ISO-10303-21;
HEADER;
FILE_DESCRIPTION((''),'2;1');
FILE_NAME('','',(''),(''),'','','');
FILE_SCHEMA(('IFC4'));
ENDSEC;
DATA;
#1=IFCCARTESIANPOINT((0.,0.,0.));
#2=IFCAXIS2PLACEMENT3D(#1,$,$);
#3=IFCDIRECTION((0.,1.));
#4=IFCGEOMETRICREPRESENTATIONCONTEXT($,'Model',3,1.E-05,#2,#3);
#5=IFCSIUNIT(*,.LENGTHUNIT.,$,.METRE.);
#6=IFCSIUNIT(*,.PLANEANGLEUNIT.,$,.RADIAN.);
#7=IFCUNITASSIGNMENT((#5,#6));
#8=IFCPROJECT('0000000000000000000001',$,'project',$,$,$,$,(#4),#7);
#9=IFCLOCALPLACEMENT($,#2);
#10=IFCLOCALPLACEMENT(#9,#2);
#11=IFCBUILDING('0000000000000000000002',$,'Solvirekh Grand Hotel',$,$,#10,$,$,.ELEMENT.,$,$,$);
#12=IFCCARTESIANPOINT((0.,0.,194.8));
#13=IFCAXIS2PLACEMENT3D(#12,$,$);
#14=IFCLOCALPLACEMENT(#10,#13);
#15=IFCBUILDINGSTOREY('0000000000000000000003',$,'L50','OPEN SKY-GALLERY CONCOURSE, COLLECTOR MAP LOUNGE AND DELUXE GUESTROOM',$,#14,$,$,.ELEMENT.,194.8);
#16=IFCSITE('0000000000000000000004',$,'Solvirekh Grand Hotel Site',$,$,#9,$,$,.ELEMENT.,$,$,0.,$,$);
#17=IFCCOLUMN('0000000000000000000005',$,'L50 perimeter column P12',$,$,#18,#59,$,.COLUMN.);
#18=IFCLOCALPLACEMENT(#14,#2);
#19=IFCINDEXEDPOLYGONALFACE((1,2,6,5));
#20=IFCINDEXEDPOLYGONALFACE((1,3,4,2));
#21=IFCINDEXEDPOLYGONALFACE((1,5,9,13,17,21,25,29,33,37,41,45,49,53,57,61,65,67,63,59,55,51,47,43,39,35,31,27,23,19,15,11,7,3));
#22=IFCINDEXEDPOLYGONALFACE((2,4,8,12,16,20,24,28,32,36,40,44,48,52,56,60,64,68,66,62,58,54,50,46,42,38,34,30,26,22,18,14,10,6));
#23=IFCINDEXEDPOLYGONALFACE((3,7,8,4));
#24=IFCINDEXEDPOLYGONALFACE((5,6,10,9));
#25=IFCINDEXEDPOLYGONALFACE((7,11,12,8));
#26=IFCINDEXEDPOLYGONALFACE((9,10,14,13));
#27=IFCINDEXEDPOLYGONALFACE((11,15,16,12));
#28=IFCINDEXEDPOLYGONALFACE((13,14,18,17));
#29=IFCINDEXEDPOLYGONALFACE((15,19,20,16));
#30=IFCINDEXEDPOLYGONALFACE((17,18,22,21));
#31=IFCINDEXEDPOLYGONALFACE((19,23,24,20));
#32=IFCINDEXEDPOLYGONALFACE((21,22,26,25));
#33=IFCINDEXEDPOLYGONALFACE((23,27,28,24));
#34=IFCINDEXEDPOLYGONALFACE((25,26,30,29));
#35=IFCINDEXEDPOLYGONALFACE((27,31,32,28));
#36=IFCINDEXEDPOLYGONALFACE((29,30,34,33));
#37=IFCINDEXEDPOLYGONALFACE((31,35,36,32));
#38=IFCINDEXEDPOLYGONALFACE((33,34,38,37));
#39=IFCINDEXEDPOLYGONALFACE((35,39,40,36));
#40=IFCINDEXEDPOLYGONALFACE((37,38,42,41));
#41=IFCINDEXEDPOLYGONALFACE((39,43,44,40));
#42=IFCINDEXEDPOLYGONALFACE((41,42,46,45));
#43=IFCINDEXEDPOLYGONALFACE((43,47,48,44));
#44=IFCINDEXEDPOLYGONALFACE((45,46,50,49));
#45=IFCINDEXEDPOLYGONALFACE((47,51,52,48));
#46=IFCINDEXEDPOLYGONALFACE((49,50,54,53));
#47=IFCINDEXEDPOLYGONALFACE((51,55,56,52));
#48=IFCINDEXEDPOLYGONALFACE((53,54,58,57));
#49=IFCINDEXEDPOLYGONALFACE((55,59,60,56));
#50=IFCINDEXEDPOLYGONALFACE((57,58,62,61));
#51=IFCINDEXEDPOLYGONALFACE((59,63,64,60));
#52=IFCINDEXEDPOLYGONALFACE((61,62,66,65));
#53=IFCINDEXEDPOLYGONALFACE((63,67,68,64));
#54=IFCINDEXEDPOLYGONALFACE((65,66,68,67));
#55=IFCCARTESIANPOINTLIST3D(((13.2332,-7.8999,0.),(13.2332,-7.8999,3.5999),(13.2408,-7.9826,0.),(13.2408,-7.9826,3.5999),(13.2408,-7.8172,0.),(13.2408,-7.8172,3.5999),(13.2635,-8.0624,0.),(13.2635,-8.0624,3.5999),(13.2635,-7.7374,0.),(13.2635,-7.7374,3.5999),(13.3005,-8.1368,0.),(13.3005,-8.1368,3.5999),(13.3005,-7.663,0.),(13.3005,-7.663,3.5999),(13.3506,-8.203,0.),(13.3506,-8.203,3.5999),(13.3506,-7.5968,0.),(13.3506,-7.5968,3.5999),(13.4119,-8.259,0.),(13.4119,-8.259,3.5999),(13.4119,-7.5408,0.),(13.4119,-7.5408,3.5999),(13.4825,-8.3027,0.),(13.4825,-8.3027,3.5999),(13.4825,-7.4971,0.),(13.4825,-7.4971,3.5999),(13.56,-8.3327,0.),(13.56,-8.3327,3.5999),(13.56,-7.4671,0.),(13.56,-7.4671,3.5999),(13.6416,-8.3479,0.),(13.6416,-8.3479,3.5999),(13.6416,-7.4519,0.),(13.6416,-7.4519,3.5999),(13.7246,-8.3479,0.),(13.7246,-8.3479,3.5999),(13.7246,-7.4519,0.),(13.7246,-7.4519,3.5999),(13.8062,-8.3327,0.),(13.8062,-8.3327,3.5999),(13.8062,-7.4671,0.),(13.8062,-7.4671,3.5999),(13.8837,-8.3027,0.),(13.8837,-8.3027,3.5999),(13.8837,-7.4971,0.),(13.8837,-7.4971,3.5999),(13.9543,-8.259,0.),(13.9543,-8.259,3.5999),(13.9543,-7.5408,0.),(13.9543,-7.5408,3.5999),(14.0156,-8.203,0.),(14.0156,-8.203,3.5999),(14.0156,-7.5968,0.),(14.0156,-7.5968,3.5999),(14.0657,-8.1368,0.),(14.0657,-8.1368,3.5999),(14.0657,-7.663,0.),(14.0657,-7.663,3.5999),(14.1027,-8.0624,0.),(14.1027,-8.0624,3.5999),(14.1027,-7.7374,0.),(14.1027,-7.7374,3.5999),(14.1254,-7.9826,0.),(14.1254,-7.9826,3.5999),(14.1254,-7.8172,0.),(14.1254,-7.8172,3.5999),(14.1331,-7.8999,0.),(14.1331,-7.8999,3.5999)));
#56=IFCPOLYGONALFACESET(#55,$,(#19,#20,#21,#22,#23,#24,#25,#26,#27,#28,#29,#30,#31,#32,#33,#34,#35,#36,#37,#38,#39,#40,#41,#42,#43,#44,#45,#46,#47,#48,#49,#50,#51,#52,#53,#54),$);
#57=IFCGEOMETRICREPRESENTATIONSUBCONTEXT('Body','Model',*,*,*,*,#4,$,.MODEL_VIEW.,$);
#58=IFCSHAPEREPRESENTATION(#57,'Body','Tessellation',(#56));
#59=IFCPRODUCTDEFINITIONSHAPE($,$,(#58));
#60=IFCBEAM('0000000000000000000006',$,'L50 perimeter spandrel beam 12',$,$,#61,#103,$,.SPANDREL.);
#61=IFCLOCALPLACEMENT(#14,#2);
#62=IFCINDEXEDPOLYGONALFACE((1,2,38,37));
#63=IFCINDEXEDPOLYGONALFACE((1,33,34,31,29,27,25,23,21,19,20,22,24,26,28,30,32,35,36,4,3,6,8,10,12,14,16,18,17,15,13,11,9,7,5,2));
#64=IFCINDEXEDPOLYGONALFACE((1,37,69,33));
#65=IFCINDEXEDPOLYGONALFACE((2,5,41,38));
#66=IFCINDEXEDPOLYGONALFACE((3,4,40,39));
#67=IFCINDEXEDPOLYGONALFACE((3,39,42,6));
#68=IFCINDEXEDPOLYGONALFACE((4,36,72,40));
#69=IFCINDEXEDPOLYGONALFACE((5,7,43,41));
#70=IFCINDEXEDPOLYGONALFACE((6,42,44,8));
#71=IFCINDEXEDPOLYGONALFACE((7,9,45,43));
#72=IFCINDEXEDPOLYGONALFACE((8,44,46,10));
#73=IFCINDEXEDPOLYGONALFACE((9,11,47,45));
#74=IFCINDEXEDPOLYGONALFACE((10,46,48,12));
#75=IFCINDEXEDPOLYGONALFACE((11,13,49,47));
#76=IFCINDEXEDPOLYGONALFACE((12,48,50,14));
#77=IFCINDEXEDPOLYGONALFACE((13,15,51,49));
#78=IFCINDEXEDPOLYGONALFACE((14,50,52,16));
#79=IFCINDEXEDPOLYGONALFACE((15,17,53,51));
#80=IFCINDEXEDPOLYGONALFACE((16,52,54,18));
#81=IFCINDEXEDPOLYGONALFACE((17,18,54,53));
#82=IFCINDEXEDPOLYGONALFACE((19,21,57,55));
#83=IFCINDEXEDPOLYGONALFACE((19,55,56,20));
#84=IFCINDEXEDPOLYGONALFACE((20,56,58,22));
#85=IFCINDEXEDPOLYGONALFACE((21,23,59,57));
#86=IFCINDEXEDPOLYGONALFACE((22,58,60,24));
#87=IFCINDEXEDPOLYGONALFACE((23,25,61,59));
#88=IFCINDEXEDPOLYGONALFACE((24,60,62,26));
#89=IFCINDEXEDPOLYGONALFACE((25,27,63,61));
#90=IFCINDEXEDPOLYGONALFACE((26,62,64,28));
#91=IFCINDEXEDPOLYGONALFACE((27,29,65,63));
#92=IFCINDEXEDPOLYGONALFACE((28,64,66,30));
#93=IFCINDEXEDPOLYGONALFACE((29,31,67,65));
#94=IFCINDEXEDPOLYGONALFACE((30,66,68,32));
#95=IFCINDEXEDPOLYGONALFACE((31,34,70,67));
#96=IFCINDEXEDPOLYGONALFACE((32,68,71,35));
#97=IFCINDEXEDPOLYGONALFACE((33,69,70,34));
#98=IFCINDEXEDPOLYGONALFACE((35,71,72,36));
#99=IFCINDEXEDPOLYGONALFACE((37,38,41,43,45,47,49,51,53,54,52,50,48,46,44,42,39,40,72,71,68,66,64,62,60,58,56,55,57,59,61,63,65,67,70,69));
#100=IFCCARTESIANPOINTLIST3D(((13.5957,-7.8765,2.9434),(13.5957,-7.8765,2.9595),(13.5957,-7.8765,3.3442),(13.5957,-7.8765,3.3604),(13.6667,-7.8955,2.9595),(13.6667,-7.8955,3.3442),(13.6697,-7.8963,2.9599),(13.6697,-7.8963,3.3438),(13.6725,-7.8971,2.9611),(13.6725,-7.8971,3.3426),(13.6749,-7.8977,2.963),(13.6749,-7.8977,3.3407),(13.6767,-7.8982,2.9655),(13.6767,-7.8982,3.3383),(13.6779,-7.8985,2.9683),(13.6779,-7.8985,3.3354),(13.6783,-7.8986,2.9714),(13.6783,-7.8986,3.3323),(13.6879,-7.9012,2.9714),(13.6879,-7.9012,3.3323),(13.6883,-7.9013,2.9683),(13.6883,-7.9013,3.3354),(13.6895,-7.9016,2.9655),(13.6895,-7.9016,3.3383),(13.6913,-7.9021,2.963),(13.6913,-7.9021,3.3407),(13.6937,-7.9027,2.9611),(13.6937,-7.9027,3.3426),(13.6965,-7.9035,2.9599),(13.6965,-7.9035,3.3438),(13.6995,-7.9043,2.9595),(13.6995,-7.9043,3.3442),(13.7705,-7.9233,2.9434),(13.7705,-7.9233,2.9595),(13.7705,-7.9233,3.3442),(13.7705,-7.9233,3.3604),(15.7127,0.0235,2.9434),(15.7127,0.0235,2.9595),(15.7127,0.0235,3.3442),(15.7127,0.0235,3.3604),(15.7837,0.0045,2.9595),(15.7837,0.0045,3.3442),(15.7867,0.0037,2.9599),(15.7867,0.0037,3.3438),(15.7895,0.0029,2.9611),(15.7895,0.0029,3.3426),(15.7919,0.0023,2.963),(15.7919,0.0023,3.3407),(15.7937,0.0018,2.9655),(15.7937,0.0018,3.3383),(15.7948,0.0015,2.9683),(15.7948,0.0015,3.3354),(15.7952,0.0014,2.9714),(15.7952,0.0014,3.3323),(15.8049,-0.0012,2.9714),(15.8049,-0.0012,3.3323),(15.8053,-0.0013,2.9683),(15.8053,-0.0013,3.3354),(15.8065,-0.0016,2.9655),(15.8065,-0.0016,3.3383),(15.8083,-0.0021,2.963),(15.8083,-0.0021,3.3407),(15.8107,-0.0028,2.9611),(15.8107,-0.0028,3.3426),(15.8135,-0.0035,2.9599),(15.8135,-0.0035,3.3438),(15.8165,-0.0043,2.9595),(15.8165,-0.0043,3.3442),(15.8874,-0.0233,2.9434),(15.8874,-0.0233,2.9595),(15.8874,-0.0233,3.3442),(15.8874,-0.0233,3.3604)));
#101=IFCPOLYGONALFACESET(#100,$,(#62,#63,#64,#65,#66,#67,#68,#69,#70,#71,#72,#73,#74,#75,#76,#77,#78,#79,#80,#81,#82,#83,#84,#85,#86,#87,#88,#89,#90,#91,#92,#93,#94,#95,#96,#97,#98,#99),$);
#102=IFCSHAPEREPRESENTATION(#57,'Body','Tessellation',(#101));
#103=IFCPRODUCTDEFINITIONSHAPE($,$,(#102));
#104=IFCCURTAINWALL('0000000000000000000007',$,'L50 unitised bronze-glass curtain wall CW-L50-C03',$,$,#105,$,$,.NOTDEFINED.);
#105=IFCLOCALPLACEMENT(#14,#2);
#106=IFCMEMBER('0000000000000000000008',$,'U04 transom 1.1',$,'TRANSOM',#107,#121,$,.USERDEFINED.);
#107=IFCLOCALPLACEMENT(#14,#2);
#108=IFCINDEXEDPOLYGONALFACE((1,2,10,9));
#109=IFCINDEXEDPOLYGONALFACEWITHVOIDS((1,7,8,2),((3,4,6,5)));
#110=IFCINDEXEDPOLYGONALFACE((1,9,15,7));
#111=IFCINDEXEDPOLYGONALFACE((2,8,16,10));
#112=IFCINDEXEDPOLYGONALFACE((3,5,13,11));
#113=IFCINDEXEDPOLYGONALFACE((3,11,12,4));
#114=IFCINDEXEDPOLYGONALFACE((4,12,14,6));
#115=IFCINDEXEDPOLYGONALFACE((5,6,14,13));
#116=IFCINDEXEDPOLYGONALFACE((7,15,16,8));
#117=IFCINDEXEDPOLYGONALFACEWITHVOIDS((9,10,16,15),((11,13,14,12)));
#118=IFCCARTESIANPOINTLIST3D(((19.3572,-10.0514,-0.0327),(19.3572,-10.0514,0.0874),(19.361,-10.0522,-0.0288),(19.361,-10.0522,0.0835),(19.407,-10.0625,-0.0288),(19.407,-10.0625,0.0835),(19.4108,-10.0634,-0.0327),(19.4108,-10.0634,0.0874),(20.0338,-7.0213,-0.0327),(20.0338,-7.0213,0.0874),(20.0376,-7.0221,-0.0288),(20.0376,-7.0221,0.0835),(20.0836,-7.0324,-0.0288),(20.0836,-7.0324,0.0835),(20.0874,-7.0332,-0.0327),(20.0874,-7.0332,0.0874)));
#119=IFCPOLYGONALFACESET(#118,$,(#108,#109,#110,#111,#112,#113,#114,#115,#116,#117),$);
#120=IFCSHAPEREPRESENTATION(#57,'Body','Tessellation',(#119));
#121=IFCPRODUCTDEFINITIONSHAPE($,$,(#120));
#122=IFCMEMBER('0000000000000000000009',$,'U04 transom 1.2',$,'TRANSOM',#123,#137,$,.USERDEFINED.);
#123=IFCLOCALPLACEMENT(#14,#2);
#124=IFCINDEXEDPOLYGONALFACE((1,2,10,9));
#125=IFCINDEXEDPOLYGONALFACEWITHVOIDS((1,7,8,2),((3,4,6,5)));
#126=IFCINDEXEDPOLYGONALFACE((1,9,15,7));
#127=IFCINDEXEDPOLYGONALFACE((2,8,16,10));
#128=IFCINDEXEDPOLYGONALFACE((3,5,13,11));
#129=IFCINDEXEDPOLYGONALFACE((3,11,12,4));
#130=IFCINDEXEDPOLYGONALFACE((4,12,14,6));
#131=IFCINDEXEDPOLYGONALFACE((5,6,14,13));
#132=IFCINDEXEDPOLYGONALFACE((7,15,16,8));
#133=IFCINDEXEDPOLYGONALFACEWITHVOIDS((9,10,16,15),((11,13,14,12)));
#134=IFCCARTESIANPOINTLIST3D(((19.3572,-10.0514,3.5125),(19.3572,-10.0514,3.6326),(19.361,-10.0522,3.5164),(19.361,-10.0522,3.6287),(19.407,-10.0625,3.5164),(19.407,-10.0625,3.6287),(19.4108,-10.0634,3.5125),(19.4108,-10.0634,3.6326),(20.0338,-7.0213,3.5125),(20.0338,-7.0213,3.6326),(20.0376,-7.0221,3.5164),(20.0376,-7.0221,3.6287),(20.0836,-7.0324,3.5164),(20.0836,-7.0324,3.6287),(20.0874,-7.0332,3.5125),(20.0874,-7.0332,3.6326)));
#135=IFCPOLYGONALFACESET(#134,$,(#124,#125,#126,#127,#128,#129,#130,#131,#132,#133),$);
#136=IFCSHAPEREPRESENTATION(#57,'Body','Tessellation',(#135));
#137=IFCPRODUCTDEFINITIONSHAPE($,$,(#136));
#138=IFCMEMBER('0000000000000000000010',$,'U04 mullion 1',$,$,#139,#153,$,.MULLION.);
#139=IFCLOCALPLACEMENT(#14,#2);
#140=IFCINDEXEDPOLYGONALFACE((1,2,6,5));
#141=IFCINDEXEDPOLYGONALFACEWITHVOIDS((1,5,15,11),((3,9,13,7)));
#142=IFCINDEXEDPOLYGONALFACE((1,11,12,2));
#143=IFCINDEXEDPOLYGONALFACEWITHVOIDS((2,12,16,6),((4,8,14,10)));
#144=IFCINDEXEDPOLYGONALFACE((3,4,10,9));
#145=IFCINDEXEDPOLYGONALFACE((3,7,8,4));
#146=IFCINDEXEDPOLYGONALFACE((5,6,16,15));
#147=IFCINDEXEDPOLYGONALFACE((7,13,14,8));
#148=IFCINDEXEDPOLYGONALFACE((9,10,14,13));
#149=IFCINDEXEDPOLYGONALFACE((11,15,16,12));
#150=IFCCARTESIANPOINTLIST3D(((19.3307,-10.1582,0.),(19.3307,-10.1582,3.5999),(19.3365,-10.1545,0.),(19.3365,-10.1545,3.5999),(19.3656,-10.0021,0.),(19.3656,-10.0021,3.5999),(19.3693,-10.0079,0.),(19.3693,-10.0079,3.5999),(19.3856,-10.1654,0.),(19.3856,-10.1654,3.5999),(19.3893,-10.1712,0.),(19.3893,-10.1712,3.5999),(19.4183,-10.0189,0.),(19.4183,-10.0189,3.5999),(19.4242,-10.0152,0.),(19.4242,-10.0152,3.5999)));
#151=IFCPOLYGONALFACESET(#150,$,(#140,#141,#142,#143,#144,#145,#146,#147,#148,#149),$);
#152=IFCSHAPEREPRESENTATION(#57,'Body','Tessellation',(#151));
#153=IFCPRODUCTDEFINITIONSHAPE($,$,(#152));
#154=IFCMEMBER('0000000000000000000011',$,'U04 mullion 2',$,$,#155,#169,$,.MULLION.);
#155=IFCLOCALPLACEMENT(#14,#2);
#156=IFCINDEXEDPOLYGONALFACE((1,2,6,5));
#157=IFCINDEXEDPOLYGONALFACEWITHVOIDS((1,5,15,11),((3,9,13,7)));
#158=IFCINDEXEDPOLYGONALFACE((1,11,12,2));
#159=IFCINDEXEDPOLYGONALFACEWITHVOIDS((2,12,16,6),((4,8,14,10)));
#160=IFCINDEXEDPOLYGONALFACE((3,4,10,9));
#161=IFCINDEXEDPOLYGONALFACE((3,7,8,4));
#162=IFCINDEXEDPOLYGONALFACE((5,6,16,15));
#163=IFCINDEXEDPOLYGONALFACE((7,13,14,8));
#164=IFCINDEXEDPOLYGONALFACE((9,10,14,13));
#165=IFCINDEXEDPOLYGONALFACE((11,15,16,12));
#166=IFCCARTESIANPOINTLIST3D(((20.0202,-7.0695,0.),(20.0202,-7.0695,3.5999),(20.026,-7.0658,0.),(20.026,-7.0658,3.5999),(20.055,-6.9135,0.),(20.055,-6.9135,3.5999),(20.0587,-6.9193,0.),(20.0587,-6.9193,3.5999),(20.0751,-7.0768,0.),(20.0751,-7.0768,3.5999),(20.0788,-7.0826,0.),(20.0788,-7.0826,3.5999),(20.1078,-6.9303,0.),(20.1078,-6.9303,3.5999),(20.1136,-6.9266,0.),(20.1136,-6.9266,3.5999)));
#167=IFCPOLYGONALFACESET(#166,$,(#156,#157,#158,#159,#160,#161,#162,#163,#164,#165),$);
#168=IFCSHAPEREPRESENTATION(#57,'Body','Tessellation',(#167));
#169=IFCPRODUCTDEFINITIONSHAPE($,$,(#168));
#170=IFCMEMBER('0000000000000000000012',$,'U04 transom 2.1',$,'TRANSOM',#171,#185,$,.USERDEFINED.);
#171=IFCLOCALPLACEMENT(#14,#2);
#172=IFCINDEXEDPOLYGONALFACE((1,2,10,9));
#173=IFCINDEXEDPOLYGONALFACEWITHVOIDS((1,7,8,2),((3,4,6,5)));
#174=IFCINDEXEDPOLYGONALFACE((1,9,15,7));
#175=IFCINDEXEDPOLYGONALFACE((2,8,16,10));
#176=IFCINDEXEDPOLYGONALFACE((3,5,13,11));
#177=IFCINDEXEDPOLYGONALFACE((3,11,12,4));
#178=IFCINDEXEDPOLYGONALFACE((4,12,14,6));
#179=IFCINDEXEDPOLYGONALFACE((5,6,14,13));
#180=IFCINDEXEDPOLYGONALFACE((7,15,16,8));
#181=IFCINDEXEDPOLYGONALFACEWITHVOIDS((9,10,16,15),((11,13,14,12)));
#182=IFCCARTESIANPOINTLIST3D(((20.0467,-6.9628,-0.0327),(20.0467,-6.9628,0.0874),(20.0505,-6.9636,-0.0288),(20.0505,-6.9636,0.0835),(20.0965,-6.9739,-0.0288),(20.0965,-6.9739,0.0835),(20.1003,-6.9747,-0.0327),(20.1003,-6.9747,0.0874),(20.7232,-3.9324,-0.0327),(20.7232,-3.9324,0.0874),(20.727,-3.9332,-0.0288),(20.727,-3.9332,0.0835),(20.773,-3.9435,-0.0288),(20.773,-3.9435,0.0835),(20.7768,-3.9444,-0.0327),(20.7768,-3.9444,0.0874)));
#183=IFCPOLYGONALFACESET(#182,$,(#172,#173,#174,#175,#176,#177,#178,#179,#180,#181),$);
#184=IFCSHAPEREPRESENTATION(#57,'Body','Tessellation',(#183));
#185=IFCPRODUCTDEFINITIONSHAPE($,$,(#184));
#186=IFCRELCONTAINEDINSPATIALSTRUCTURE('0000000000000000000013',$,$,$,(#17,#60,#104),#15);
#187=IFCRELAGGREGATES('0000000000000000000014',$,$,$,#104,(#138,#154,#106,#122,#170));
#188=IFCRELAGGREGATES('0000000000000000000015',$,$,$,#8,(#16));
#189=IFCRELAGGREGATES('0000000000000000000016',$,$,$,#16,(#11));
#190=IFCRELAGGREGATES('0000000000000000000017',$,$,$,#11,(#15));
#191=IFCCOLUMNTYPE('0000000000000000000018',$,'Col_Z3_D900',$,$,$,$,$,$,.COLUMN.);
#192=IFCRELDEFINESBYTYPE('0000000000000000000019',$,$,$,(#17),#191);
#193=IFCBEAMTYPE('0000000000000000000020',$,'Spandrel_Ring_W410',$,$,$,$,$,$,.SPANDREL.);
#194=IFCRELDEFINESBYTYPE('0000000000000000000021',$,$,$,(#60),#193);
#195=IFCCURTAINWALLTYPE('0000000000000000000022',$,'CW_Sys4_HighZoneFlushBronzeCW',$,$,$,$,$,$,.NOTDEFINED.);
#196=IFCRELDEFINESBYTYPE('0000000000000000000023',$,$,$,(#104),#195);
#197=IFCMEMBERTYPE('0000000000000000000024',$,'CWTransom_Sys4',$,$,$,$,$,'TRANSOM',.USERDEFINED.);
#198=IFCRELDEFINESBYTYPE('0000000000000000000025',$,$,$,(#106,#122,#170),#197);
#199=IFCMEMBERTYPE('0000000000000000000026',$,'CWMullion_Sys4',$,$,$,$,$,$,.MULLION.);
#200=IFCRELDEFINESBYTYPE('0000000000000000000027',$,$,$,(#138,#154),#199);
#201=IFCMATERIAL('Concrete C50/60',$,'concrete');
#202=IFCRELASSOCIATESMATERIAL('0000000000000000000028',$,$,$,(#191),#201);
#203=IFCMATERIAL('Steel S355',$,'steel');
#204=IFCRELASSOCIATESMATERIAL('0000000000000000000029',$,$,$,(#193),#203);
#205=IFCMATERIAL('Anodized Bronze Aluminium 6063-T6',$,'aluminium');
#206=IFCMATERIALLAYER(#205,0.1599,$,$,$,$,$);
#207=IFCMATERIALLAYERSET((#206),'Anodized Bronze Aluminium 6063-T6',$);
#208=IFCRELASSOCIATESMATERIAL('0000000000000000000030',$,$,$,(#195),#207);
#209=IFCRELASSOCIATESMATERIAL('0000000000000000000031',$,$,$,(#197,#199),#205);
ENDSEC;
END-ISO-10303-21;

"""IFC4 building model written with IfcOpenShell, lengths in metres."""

from ifc_helpers import new_model, si_unit, direction, frame, origin, origin_2d, place, context, subcontext, project, spatial, hollow_rectangle, circle, i_section, extrude, source, transform, mapped, material, layer, layer_set, material_profile, profile_set, type_object, element, aggregate, save


model = new_model("IFC4")

# Units and contexts
model_context = context("Model", 3, precision=1e-05, world=origin(), true_north=direction((0.0, 1.0)))
body_context = subcontext(model_context, "Body", "Model", "MODEL_VIEW")
ifc_project = project(units=[si_unit("LENGTHUNIT", "METRE"), si_unit("PLANEANGLEUNIT", "RADIAN")], contexts=[model_context])

# Site, building, storey
site_placement = place(None, origin())
site = spatial("IfcSite", under=ifc_project, at=site_placement, Name="Solvirekh Grand Hotel Site", CompositionType="ELEMENT", RefElevation=0.0)
building_placement = place(site_placement, origin())
building = spatial("IfcBuilding", under=site, at=building_placement, Name="Solvirekh Grand Hotel", CompositionType="ELEMENT")
storey_placement = place(building_placement, frame((0.0, 0.0, 194.8)))
storey = spatial("IfcBuildingStorey", under=building, at=storey_placement, Name="L50", Description="OPEN SKY-GALLERY CONCOURSE, COLLECTOR MAP LOUNGE AND DELUXE GUESTROOM", CompositionType="ELEMENT", Elevation=194.8)

# Column
ifc_material_1 = material(Name="Concrete C50/60", Category="concrete")
ifc_material_profile_1 = material_profile(ifc_material_1, circle(Radius=0.45, at=origin_2d()), Name="RC CIRC D900")
ifc_profile_set_1 = profile_set([ifc_material_profile_1], Name="Concrete C50/60")
column_type = type_object("IfcColumnType", Name="Col_Z3_D900", PredefinedType="COLUMN", material=ifc_profile_set_1)
column_placement = place(storey_placement, frame((13.6831, -7.8999, 0.0), z_axis=(0.0, 0.0, 1.0), x_axis=(1.0, 0.0, 0.0)))
element("IfcColumn", 1, at=column_placement, inside=storey, type_object=column_type, Name="L50 perimeter column P12", PredefinedType="COLUMN", context=body_context, shape_type="SweptSolid", body=[
    extrude(circle(Radius=0.45, at=origin_2d()), origin(), (0.0, 0.0, 1.0), 3.5999),
])

# Beam
ifc_material_2 = material(Name="Steel S355", Category="steel")
ifc_material_profile_2 = material_profile(ifc_material_2, i_section(OverallWidth=0.1809, OverallDepth=0.417, WebThickness=0.01, FlangeThickness=0.0161, FilletRadius=0.012, at=origin_2d()), Name="W410X85")
ifc_profile_set_2 = profile_set([ifc_material_profile_2], Name="Steel S355")
beam_type = type_object("IfcBeamType", Name="Spandrel_Ring_W410", PredefinedType="SPANDREL", material=ifc_profile_set_2)
beam_placement = place(storey_placement, frame((13.6831, -7.8999, 3.1519), z_axis=(0.258839, 0.965921, 0.0), x_axis=(-0.965921, 0.258839, 0.0)))
element("IfcBeam", 2, at=beam_placement, inside=storey, type_object=beam_type, Name="L50 perimeter spandrel beam 12", PredefinedType="SPANDREL", context=body_context, shape_type="SweptSolid", body=[
    extrude(i_section(OverallWidth=0.1809, OverallDepth=0.417, WebThickness=0.01, FlangeThickness=0.0161, FilletRadius=0.012, at=origin_2d()), origin(), (0.0, 0.0, 1.0), 8.1787),
])

# Curtain wall, members
ifc_material_3 = material(Name="Anodized Bronze Aluminium 6063-T6", Category="aluminium")
ifc_layer_1 = layer(ifc_material_3, 0.1599)
ifc_layer_set_1 = layer_set([ifc_layer_1], Name="Anodized Bronze Aluminium 6063-T6")
curtain_wall_type = type_object("IfcCurtainWallType", Name="CW_Sys4_HighZoneFlushBronzeCW", PredefinedType="NOTDEFINED", material=ifc_layer_set_1)
curtain_wall_placement = place(storey_placement, origin())
curtain_wall = element("IfcCurtainWall", 3, at=curtain_wall_placement, inside=storey, type_object=curtain_wall_type, Name="L50 unitised bronze-glass curtain wall CW-L50-C03", PredefinedType="NOTDEFINED")
ifc_material_profile_3 = material_profile(ifc_material_3, hollow_rectangle(XDim=0.0549, YDim=0.1201, WallThickness=0.0039, at=origin_2d()), Name="ALU RHS 120X55X4")
ifc_profile_set_3 = profile_set([ifc_material_profile_3], Name="Anodized Bronze Aluminium 6063-T6")
member_type_1 = type_object("IfcMemberType", Name="CWTransom_Sys4", ElementType="TRANSOM", PredefinedType="USERDEFINED", material=ifc_profile_set_3)
shared_shape_1 = source(origin(), body_context, "Body", "SweptSolid", [
    extrude(hollow_rectangle(XDim=0.0549, YDim=0.1201, WallThickness=0.0039, at=origin_2d()), origin(), (0.0, 0.0, 1.0), 3.1047),
])
member_1_placement = place(storey_placement, frame((19.384, -10.0574, 0.0273), z_axis=(0.217905, 0.97597, 0.0), x_axis=(-0.97597, 0.217905, 0.0)))
member_1 = element("IfcMember", 4, at=member_1_placement, type_object=member_type_1, Name="U04 transom 1.1", ObjectType="TRANSOM", PredefinedType="USERDEFINED", context=body_context, shape_type="MappedRepresentation", body=[
    mapped(shared_shape_1, transform((0.0, 0.0, 0.0), x_axis=(1.0, 0.0, 0.0), y_axis=(0.0, 1.0, 0.0), z_axis=(0.0, 0.0, 1.0), scale=1.0)),
])
member_2_placement = place(storey_placement, frame((19.384, -10.0574, 3.5725), z_axis=(0.217905, 0.97597, 0.0), x_axis=(-0.97597, 0.217905, 0.0)))
member_2 = element("IfcMember", 5, at=member_2_placement, type_object=member_type_1, Name="U04 transom 1.2", ObjectType="TRANSOM", PredefinedType="USERDEFINED", context=body_context, shape_type="MappedRepresentation", body=[
    mapped(shared_shape_1, transform((0.0, 0.0, 0.0), x_axis=(1.0, 0.0, 0.0), y_axis=(0.0, 1.0, 0.0), z_axis=(0.0, 0.0, 1.0), scale=1.0)),
])
ifc_material_profile_4 = material_profile(ifc_material_3, hollow_rectangle(XDim=0.0601, YDim=0.1599, WallThickness=0.0049, at=origin_2d()), Name="ALU RHS 160X60X5")
ifc_profile_set_4 = profile_set([ifc_material_profile_4], Name="Anodized Bronze Aluminium 6063-T6")
member_type_2 = type_object("IfcMemberType", Name="CWMullion_Sys4", PredefinedType="MULLION", material=ifc_profile_set_4)
shared_shape_2 = source(origin(), body_context, "Body", "SweptSolid", [
    extrude(hollow_rectangle(XDim=0.0601, YDim=0.1599, WallThickness=0.0049, at=origin_2d()), origin(), (0.0, 0.0, 1.0), 3.5999),
])
member_3_placement = place(storey_placement, frame((19.3774, -10.0867, 0.0), z_axis=(0.0, 0.0, 1.0), x_axis=(-0.97598, 0.217858, 0.0)))
member_3 = element("IfcMember", 6, at=member_3_placement, type_object=member_type_2, Name="U04 mullion 1", PredefinedType="MULLION", context=body_context, shape_type="MappedRepresentation", body=[
    mapped(shared_shape_2, transform((0.0, 0.0, 0.0), x_axis=(1.0, 0.0, 0.0), y_axis=(0.0, 1.0, 0.0), z_axis=(0.0, 0.0, 1.0), scale=1.0)),
])
member_4_placement = place(storey_placement, frame((20.0669, -6.998, 0.0), z_axis=(0.0, 0.0, 1.0), x_axis=(-0.97598, 0.217858, 0.0)))
member_4 = element("IfcMember", 7, at=member_4_placement, type_object=member_type_2, Name="U04 mullion 2", PredefinedType="MULLION", context=body_context, shape_type="MappedRepresentation", body=[
    mapped(shared_shape_2, transform((0.0, 0.0, 0.0), x_axis=(1.0, 0.0, 0.0), y_axis=(0.0, 1.0, 0.0), z_axis=(0.0, 0.0, 1.0), scale=1.0)),
])
shared_shape_3 = source(origin(), body_context, "Body", "SweptSolid", [
    extrude(hollow_rectangle(XDim=0.0549, YDim=0.1201, WallThickness=0.0039, at=origin_2d()), origin(), (0.0, 0.0, 1.0), 3.105),
])
member_5_placement = place(storey_placement, frame((20.0735, -6.9688, 0.0273), z_axis=(0.217888, 0.975974, 0.0), x_axis=(-0.975974, 0.217888, 0.0)))
member_5 = element("IfcMember", 8, at=member_5_placement, type_object=member_type_1, Name="U04 transom 2.1", ObjectType="TRANSOM", PredefinedType="USERDEFINED", context=body_context, shape_type="MappedRepresentation", body=[
    mapped(shared_shape_3, transform((0.0, 0.0, 0.0), x_axis=(1.0, 0.0, 0.0), y_axis=(0.0, 1.0, 0.0), z_axis=(0.0, 0.0, 1.0), scale=1.0)),
])
aggregate(curtain_wall, [member_3, member_4, member_1, member_2, member_5])

save(model, "model.ifc")
